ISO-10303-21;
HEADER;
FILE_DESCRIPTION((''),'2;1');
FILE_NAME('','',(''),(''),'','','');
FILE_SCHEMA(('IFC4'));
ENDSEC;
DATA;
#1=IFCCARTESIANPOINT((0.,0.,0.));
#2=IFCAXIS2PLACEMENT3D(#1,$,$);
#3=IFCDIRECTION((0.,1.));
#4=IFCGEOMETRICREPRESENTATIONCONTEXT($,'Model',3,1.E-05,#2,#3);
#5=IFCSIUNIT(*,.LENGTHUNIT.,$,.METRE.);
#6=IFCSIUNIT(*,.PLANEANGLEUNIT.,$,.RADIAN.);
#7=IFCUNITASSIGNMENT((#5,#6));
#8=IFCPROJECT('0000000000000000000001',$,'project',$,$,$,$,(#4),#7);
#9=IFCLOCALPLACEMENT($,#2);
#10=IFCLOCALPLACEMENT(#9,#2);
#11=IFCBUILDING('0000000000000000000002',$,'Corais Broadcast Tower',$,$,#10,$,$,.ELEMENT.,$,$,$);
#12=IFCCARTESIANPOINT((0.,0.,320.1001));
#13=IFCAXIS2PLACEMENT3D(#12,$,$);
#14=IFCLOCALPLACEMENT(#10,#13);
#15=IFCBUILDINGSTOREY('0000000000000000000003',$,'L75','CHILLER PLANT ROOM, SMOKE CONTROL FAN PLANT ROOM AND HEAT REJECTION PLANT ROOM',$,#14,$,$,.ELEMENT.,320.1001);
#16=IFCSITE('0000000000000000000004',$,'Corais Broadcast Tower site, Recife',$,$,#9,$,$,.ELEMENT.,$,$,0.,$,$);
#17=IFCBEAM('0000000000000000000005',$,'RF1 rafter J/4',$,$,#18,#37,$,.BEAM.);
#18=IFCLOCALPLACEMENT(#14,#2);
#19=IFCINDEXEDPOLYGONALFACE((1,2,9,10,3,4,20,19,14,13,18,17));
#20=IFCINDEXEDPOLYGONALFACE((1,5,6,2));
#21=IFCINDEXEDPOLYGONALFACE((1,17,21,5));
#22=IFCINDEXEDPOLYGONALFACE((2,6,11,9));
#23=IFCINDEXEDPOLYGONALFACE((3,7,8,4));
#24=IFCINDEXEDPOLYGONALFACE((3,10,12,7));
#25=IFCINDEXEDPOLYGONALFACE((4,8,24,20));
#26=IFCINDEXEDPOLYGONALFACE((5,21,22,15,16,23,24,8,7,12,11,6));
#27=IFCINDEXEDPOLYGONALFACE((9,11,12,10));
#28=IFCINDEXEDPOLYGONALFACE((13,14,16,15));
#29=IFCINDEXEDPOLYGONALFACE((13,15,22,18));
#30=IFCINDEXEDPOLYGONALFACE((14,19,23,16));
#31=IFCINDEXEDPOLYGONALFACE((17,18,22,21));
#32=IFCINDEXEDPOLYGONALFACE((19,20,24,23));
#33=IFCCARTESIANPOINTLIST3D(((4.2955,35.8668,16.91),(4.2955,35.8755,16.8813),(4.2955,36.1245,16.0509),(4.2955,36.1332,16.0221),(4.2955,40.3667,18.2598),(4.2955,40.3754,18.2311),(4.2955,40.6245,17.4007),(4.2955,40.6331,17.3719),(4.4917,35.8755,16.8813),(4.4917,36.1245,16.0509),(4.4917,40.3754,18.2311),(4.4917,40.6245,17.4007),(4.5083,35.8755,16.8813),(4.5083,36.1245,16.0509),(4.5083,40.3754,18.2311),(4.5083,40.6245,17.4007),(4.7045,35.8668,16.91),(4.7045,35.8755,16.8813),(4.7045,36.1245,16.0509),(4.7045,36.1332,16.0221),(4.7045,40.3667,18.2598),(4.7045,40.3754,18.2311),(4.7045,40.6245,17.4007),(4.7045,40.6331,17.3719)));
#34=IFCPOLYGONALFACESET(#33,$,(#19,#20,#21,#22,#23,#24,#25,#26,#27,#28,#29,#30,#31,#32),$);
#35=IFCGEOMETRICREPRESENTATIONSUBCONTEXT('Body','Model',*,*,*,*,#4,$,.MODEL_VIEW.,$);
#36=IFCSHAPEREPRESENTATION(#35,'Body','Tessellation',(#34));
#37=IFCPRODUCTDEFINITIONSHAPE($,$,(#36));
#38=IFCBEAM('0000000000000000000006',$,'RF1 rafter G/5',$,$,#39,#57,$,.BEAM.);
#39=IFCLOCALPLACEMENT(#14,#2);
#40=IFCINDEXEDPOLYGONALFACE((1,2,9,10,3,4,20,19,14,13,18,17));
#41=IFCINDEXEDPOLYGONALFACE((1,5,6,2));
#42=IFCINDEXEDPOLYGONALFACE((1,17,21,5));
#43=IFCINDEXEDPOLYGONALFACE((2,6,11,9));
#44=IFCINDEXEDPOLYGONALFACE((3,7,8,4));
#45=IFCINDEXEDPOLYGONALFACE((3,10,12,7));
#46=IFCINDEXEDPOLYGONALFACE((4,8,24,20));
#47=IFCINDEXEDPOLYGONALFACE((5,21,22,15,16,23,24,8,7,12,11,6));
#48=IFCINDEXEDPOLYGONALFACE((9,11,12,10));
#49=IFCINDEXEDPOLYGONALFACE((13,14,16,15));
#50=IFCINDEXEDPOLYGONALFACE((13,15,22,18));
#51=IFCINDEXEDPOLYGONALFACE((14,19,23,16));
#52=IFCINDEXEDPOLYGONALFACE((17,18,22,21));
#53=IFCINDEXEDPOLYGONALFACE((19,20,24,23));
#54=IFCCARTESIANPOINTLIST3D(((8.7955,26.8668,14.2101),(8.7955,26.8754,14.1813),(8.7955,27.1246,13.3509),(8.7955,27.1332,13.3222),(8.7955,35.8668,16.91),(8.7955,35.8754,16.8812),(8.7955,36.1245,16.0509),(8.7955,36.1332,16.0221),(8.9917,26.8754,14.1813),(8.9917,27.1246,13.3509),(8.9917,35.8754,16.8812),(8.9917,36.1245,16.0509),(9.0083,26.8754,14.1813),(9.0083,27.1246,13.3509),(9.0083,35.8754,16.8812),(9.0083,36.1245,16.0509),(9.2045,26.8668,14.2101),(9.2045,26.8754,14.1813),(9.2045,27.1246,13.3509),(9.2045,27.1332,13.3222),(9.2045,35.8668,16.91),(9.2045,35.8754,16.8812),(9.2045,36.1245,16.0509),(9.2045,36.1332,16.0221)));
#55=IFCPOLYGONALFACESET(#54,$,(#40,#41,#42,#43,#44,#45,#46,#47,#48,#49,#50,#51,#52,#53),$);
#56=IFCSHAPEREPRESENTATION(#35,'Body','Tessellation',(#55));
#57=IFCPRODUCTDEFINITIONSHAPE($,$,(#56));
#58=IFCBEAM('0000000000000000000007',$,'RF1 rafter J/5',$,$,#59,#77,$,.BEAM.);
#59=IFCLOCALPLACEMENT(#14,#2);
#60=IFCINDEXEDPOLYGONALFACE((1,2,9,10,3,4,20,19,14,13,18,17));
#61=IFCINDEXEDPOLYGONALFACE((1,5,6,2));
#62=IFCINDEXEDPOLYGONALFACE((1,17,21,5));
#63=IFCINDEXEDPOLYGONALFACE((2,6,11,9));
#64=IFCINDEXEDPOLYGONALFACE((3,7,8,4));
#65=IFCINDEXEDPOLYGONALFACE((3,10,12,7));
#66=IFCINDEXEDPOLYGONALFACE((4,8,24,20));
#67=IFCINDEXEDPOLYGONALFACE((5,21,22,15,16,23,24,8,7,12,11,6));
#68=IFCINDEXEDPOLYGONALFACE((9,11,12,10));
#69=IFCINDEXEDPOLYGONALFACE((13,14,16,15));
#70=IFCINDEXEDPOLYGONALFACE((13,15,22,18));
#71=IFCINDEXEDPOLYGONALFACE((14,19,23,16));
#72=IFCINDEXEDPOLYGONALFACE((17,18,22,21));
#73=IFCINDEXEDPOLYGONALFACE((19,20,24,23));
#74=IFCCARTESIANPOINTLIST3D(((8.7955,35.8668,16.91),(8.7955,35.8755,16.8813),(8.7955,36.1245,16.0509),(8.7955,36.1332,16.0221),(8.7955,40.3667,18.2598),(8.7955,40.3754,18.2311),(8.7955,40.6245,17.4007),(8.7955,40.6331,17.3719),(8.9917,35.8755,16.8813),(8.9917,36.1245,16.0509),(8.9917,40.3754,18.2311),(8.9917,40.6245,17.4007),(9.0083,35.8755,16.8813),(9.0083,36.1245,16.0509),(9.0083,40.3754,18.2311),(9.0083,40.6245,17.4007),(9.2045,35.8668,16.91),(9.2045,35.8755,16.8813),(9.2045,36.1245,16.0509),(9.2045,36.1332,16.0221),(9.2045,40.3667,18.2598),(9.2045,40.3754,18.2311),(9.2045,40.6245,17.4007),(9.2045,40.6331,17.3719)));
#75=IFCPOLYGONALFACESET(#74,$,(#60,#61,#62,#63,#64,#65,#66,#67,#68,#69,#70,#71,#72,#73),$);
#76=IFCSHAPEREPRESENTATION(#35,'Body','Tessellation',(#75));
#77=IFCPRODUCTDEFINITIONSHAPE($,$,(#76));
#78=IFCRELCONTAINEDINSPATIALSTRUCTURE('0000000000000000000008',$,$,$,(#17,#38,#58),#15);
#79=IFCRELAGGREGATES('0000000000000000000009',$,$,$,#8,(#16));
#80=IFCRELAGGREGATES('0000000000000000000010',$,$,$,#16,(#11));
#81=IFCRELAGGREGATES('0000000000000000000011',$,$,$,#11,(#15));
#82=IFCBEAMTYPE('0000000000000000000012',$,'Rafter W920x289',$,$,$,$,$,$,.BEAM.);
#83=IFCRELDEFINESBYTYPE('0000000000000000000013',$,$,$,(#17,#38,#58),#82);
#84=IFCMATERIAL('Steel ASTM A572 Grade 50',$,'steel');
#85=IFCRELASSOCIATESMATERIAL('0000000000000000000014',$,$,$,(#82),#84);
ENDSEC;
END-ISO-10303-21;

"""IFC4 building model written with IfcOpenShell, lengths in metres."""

from ifc_helpers import new_model, si_unit, direction, frame, origin, origin_2d, place, context, subcontext, project, spatial, i_section, extrude, material, material_profile, profile_set, type_object, element, save


model = new_model("IFC4")

# Units and contexts
model_context = context("Model", 3, precision=1e-05, world=origin(), true_north=direction((0.0, 1.0)))
body_context = subcontext(model_context, "Body", "Model", "MODEL_VIEW")
ifc_project = project(units=[si_unit("LENGTHUNIT", "METRE"), si_unit("PLANEANGLEUNIT", "RADIAN")], contexts=[model_context])

# Site, building, storey
site_placement = place(None, origin())
site = spatial("IfcSite", under=ifc_project, at=site_placement, Name="Corais Broadcast Tower site, Recife", CompositionType="ELEMENT", RefElevation=0.0)
building_placement = place(site_placement, origin())
building = spatial("IfcBuilding", under=site, at=building_placement, Name="Corais Broadcast Tower", CompositionType="ELEMENT")
storey_placement = place(building_placement, frame((0.0, 0.0, 320.1001)))
storey = spatial("IfcBuildingStorey", under=building, at=storey_placement, Name="L75", Description="CHILLER PLANT ROOM, SMOKE CONTROL FAN PLANT ROOM AND HEAT REJECTION PLANT ROOM", CompositionType="ELEMENT", Elevation=320.1001)

# Beams
ifc_material_1 = material(Name="Steel ASTM A572 Grade 50", Category="steel")
ifc_material_profile_1 = material_profile(ifc_material_1, i_section(OverallWidth=0.4089, OverallDepth=0.927, WebThickness=0.0166, FlangeThickness=0.03, at=origin_2d()), Name="W920x289")
ifc_profile_set_1 = profile_set([ifc_material_profile_1], Name="Steel ASTM A572 Grade 50")
beam_type_1 = type_object("IfcBeamType", Name="Rafter W920x289", PredefinedType="BEAM", material=ifc_profile_set_1)
beam_1_placement = place(storey_placement, frame((4.5, 36.0, 16.4661), z_axis=(0.0, 0.957835, 0.287319), x_axis=(-1.0, 0.0, 0.0)))
element("IfcBeam", 1, at=beam_1_placement, inside=storey, type_object=beam_type_1, Name="RF1 rafter J/4", PredefinedType="BEAM", context=body_context, shape_type="SweptSolid", body=[
    extrude(i_section(OverallWidth=0.4089, OverallDepth=0.927, WebThickness=0.0166, FlangeThickness=0.03, at=origin_2d()), origin(), (0.0, 0.0, 1.0), 4.698),
])
beam_2_placement = place(storey_placement, frame((9.0, 27.0, 13.7661), z_axis=(0.0, 0.957828, 0.287343), x_axis=(-1.0, 0.0, 0.0)))
element("IfcBeam", 2, at=beam_2_placement, inside=storey, type_object=beam_type_1, Name="RF1 rafter G/5", PredefinedType="BEAM", context=body_context, shape_type="SweptSolid", body=[
    extrude(i_section(OverallWidth=0.4089, OverallDepth=0.927, WebThickness=0.0166, FlangeThickness=0.03, at=origin_2d()), origin(), (0.0, 0.0, 1.0), 9.3962),
])
beam_3_placement = place(storey_placement, frame((9.0, 36.0, 16.4661), z_axis=(0.0, 0.957835, 0.287319), x_axis=(-1.0, 0.0, 0.0)))
element("IfcBeam", 3, at=beam_3_placement, inside=storey, type_object=beam_type_1, Name="RF1 rafter J/5", PredefinedType="BEAM", context=body_context, shape_type="SweptSolid", body=[
    extrude(i_section(OverallWidth=0.4089, OverallDepth=0.927, WebThickness=0.0166, FlangeThickness=0.03, at=origin_2d()), origin(), (0.0, 0.0, 1.0), 4.698),
])

save(model, "model.ifc")
